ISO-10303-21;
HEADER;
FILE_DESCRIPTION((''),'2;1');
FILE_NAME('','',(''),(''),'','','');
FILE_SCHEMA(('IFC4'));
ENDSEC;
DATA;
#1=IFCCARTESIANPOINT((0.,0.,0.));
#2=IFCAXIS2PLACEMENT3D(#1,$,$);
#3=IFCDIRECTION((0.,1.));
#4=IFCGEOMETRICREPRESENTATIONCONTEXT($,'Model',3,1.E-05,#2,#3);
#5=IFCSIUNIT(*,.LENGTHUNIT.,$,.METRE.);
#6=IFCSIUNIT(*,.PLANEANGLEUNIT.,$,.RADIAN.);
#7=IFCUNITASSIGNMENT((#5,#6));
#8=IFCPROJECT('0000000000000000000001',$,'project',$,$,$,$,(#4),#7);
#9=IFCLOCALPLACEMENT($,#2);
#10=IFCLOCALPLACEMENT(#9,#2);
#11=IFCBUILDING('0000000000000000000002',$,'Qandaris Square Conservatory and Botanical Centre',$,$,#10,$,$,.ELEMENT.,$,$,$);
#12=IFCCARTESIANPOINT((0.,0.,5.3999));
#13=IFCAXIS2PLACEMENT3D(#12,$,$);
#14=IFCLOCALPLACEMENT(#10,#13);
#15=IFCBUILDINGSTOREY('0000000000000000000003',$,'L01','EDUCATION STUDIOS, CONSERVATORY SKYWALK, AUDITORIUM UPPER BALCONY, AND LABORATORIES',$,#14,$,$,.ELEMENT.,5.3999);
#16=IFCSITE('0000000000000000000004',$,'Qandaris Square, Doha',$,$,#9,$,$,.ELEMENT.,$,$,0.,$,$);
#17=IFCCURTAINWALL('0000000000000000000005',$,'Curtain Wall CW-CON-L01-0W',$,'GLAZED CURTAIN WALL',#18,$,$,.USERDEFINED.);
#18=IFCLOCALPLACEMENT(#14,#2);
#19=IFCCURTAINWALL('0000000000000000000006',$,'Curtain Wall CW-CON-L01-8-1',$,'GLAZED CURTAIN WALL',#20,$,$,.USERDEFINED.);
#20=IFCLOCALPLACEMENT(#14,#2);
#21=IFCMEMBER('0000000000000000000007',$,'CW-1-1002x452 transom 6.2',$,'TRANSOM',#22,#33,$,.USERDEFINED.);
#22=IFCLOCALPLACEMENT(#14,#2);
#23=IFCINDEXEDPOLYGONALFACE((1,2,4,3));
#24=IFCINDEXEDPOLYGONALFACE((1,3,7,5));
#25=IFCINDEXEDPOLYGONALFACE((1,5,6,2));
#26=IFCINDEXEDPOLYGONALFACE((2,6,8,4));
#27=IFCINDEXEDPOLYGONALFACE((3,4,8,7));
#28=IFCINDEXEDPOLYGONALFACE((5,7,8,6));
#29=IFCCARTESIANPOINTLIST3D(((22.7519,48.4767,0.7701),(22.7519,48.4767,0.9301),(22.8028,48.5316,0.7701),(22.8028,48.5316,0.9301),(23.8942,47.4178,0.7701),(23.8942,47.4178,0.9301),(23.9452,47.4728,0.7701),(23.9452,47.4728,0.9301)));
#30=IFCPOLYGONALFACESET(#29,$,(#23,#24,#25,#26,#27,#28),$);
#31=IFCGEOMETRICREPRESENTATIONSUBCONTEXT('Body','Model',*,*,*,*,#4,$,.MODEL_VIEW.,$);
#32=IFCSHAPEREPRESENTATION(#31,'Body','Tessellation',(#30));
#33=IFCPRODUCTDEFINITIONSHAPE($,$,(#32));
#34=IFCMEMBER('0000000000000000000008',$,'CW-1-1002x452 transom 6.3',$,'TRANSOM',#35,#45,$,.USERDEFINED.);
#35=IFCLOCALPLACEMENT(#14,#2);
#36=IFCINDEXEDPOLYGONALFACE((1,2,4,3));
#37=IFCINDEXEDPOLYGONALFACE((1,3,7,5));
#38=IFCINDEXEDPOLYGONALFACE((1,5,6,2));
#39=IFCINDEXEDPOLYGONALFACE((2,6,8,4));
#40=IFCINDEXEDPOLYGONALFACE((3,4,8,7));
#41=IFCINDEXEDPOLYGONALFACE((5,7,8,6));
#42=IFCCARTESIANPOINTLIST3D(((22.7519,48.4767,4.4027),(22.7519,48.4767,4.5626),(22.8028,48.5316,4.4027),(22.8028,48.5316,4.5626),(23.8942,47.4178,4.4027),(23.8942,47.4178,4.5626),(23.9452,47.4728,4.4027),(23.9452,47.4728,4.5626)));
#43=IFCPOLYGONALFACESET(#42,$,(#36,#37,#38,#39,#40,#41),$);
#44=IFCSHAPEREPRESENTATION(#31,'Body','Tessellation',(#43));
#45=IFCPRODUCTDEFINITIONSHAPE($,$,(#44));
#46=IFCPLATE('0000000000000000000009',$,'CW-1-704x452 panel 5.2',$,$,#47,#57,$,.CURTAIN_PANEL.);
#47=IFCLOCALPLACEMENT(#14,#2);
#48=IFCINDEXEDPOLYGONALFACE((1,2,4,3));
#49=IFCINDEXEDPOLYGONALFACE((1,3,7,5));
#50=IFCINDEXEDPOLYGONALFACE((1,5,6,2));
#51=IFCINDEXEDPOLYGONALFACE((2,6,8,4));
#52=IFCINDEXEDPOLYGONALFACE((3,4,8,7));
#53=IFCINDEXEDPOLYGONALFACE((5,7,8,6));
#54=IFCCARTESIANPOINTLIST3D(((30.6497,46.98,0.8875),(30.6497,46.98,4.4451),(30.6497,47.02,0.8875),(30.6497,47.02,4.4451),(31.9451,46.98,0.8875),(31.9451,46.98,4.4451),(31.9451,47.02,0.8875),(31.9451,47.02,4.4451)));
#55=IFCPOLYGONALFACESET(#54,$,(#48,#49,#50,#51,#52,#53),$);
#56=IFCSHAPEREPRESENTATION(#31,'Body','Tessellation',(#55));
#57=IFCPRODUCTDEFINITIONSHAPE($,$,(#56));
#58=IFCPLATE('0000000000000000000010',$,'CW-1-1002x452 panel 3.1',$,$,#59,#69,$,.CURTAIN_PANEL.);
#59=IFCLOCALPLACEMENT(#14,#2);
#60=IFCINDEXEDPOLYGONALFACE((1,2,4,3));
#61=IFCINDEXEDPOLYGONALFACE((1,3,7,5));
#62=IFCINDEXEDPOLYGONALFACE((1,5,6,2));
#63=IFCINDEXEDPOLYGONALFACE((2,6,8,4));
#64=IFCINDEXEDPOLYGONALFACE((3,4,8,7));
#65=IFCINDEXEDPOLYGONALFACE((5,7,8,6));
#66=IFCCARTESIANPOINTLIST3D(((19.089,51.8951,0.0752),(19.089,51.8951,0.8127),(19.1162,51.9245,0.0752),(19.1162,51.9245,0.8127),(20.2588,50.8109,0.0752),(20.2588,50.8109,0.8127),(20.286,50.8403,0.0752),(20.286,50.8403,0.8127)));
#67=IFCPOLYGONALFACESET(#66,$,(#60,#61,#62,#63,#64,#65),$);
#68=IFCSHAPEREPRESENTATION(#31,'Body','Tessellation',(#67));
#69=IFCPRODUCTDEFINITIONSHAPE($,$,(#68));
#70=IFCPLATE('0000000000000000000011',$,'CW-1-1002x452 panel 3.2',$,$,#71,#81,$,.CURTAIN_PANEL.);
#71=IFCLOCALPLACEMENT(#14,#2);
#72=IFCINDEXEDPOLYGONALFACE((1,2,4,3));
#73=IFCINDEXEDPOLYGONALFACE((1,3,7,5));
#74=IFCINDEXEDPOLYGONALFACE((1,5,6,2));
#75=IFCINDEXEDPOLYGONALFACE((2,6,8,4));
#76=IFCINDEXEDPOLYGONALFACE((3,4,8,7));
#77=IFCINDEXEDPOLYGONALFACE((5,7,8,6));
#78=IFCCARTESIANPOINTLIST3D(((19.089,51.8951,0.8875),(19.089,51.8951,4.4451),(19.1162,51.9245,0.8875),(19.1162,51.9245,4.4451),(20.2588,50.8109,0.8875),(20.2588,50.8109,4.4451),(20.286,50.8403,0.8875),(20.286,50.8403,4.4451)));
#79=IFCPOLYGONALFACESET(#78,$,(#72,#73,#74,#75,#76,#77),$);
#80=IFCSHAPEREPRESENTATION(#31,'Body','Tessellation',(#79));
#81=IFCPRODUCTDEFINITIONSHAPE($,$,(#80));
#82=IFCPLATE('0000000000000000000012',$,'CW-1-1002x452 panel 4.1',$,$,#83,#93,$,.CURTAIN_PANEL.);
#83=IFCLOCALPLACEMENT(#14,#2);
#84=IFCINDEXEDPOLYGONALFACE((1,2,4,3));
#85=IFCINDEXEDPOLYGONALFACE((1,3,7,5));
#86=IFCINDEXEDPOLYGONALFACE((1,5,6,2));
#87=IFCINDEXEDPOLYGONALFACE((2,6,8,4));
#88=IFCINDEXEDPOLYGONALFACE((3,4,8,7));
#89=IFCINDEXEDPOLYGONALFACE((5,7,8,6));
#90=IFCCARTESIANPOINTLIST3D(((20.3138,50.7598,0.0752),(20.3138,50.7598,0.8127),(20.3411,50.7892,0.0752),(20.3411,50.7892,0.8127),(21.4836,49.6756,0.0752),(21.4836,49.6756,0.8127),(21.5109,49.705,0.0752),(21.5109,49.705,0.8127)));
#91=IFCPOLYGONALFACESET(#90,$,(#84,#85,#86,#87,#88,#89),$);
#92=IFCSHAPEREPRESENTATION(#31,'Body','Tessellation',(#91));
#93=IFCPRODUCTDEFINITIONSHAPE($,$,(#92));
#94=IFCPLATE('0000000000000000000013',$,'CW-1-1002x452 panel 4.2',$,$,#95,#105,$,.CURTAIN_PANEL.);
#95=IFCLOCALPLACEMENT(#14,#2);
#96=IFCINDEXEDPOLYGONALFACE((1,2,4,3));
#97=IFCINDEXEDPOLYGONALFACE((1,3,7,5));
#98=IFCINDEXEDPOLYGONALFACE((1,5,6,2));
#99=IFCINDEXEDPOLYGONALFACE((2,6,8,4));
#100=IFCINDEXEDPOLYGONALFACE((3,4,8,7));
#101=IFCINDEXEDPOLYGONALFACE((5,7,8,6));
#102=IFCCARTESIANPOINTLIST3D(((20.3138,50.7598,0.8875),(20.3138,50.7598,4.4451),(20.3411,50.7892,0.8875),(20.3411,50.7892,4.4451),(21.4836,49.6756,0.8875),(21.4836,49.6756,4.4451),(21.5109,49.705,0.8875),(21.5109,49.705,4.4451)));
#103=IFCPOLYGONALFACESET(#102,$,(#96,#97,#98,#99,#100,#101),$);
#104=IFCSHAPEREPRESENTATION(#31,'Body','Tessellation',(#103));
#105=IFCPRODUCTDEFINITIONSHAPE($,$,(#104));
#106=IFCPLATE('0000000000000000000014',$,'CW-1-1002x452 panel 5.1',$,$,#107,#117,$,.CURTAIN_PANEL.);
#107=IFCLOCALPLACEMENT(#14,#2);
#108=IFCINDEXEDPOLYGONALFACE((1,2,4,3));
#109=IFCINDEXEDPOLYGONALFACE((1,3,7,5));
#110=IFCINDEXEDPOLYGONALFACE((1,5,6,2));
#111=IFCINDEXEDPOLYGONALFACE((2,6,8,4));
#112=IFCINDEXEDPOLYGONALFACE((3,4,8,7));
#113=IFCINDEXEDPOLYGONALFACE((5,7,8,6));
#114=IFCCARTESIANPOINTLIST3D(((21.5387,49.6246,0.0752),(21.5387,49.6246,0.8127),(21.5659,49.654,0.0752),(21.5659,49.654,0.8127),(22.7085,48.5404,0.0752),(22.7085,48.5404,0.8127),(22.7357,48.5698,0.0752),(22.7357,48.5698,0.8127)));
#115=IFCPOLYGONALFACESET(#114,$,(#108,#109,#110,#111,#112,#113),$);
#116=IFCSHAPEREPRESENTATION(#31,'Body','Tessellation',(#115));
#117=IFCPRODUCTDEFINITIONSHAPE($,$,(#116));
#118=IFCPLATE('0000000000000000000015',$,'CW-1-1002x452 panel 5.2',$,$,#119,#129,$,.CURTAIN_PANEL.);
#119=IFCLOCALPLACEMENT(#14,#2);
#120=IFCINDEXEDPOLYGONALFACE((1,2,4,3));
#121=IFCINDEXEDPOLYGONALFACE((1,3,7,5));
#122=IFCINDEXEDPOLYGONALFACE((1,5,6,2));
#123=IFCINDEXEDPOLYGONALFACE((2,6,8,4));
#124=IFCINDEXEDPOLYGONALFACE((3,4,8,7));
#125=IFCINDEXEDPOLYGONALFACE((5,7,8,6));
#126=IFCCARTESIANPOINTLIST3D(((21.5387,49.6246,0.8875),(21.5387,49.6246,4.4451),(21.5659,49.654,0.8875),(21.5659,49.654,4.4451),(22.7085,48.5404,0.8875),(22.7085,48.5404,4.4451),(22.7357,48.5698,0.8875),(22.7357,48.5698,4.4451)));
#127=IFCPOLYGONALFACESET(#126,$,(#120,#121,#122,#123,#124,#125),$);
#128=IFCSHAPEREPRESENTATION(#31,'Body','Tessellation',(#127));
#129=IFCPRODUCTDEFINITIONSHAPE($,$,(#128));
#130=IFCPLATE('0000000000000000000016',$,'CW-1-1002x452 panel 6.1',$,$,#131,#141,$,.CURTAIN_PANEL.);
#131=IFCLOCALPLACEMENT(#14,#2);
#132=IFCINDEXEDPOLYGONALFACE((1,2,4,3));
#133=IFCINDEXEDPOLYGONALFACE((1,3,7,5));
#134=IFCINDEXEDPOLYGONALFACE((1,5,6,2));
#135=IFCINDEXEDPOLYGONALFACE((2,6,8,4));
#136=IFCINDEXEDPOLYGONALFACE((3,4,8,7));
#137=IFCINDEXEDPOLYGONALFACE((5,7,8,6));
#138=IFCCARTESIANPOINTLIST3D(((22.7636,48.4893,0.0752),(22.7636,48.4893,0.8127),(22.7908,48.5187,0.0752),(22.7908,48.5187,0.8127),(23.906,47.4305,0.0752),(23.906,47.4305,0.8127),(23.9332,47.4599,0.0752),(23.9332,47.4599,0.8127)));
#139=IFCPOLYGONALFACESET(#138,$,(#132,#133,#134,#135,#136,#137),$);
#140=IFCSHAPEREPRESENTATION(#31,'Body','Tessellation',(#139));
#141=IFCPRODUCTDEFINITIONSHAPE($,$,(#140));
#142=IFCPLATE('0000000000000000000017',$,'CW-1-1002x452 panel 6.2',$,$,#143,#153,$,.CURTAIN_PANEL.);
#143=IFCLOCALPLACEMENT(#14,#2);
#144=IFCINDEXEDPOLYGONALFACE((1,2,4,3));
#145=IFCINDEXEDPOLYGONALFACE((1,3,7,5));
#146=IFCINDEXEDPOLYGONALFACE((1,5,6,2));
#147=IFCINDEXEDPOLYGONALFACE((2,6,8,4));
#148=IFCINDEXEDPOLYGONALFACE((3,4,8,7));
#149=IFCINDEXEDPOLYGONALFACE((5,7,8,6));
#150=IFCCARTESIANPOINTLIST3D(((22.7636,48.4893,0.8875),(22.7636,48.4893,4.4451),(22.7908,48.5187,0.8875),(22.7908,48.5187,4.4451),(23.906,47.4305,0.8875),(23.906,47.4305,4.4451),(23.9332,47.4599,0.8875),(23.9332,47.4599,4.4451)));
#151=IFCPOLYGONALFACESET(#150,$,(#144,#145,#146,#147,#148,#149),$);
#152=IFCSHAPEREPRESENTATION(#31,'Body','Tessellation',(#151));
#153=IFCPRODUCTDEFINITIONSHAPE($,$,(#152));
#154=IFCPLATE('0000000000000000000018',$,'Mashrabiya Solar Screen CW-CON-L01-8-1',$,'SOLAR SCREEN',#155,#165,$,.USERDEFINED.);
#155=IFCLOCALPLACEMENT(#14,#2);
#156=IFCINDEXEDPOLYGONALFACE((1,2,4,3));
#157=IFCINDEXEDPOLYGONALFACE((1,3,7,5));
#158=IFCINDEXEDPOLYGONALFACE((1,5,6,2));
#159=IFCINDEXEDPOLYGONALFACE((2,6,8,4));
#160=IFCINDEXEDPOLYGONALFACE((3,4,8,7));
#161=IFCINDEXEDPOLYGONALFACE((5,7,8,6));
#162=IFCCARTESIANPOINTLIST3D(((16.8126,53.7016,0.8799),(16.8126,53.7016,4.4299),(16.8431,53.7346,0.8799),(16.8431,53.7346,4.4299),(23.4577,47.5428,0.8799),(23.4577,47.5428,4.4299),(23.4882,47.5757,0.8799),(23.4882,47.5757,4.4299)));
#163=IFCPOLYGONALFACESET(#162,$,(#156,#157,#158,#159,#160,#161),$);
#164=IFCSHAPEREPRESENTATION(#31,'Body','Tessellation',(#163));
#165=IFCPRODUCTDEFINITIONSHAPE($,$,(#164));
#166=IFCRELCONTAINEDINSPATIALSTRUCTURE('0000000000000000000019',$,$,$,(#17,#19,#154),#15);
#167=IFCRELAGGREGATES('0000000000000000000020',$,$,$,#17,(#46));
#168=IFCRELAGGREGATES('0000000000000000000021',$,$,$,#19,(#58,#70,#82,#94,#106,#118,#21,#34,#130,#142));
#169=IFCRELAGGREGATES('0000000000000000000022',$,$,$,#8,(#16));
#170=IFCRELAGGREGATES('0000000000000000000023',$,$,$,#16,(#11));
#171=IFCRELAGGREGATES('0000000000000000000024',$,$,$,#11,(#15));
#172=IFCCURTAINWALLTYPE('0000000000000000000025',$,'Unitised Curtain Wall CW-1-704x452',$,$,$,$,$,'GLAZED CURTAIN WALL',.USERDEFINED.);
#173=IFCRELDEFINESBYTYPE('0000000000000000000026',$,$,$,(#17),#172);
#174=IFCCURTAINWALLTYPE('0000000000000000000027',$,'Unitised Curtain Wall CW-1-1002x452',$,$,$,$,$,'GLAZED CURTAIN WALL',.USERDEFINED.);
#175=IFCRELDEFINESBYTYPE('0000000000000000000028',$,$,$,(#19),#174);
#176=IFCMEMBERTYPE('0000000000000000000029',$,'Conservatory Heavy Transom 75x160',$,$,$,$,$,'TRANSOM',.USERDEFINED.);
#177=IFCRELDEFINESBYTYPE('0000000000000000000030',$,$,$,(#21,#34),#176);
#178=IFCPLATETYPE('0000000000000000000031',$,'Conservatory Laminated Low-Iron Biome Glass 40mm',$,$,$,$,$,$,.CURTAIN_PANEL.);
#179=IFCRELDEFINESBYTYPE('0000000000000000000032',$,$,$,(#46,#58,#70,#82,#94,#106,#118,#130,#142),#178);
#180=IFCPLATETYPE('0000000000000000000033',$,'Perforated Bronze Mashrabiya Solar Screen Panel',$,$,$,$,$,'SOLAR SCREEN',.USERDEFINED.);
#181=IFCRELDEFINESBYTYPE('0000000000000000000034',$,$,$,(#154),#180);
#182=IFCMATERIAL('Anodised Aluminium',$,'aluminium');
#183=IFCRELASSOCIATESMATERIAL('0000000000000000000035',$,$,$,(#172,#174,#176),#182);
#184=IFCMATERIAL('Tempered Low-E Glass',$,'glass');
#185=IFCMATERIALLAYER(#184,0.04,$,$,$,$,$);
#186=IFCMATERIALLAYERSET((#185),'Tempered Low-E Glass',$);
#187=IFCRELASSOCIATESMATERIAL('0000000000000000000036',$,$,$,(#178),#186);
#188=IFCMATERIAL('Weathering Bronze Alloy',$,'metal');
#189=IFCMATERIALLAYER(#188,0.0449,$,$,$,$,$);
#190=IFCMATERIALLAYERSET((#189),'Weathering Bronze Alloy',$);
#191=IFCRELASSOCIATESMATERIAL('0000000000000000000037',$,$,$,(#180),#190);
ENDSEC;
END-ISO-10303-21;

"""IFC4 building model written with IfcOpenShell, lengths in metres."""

from ifc_helpers import new_model, si_unit, direction, frame, origin, origin_2d, place, context, subcontext, project, spatial, rectangle, extrude, material, layer, layer_set, material_profile, profile_set, type_object, element, aggregate, save


model = new_model("IFC4")

# Units and contexts
model_context = context("Model", 3, precision=1e-05, world=origin(), true_north=direction((0.0, 1.0)))
body_context = subcontext(model_context, "Body", "Model", "MODEL_VIEW")
ifc_project = project(units=[si_unit("LENGTHUNIT", "METRE"), si_unit("PLANEANGLEUNIT", "RADIAN")], contexts=[model_context])

# Site, building, storey
site_placement = place(None, origin())
site = spatial("IfcSite", under=ifc_project, at=site_placement, Name="Qandaris Square, Doha", CompositionType="ELEMENT", RefElevation=0.0)
building_placement = place(site_placement, origin())
building = spatial("IfcBuilding", under=site, at=building_placement, Name="Qandaris Square Conservatory and Botanical Centre", CompositionType="ELEMENT")
storey_placement = place(building_placement, frame((0.0, 0.0, 5.3999)))
storey = spatial("IfcBuildingStorey", under=building, at=storey_placement, Name="L01", Description="EDUCATION STUDIOS, CONSERVATORY SKYWALK, AUDITORIUM UPPER BALCONY, AND LABORATORIES", CompositionType="ELEMENT", Elevation=5.3999)

# Curtain wall
ifc_material_1 = material(Name="Anodised Aluminium", Category="aluminium")
curtain_wall_type_1 = type_object("IfcCurtainWallType", Name="Unitised Curtain Wall CW-1-704x452", ElementType="GLAZED CURTAIN WALL", PredefinedType="USERDEFINED", material=ifc_material_1)
curtain_wall_1_placement = place(storey_placement, origin())
curtain_wall_1 = element("IfcCurtainWall", 1, at=curtain_wall_1_placement, inside=storey, type_object=curtain_wall_type_1, Name="Curtain Wall CW-CON-L01-0W", ObjectType="GLAZED CURTAIN WALL", PredefinedType="USERDEFINED")

# Curtain wall, members
curtain_wall_type_2 = type_object("IfcCurtainWallType", Name="Unitised Curtain Wall CW-1-1002x452", ElementType="GLAZED CURTAIN WALL", PredefinedType="USERDEFINED", material=ifc_material_1)
curtain_wall_2_placement = place(storey_placement, origin())
curtain_wall_2 = element("IfcCurtainWall", 2, at=curtain_wall_2_placement, inside=storey, type_object=curtain_wall_type_2, Name="Curtain Wall CW-CON-L01-8-1", ObjectType="GLAZED CURTAIN WALL", PredefinedType="USERDEFINED")
ifc_material_profile_1 = material_profile(ifc_material_1, rectangle(XDim=0.075, YDim=0.1599, at=origin_2d()), Name="ALU-TRN 75x160")
ifc_profile_set_1 = profile_set([ifc_material_profile_1], Name="Anodised Aluminium")
member_type_1 = type_object("IfcMemberType", Name="Conservatory Heavy Transom 75x160", ElementType="TRANSOM", PredefinedType="USERDEFINED", material=ifc_profile_set_1)
member_1_placement = place(storey_placement, frame((22.7773, 48.5042, 0.8501), z_axis=(0.733402, -0.679796, 0.0), x_axis=(0.679796, 0.733402, 0.0)))
member_1 = element("IfcMember", 3, at=member_1_placement, type_object=member_type_1, Name="CW-1-1002x452 transom 6.2", ObjectType="TRANSOM", PredefinedType="USERDEFINED", context=body_context, shape_type="SweptSolid", body=[
    extrude(rectangle(XDim=0.075, YDim=0.1599, at=origin_2d()), origin(), (0.0, 0.0, 1.0), 1.5576),
])
member_2_placement = place(storey_placement, frame((22.7773, 48.5042, 4.4827), z_axis=(0.733402, -0.679796, 0.0), x_axis=(0.679796, 0.733402, 0.0)))
member_2 = element("IfcMember", 4, at=member_2_placement, type_object=member_type_1, Name="CW-1-1002x452 transom 6.3", ObjectType="TRANSOM", PredefinedType="USERDEFINED", context=body_context, shape_type="SweptSolid", body=[
    extrude(rectangle(XDim=0.075, YDim=0.1599, at=origin_2d()), origin(), (0.0, 0.0, 1.0), 1.5576),
])

# Plates
ifc_material_2 = material(Name="Tempered Low-E Glass", Category="glass")
ifc_layer_1 = layer(ifc_material_2, 0.04)
ifc_layer_set_1 = layer_set([ifc_layer_1], Name="Tempered Low-E Glass")
plate_type_1 = type_object("IfcPlateType", Name="Conservatory Laminated Low-Iron Biome Glass 40mm", PredefinedType="CURTAIN_PANEL", material=ifc_layer_set_1)
plate_1_placement = place(storey_placement, frame((31.2974, 47.0, 0.8875), z_axis=(0.0, 0.0, 1.0), x_axis=(1.0, 0.0, 0.0)))
plate_1 = element("IfcPlate", 5, at=plate_1_placement, type_object=plate_type_1, Name="CW-1-704x452 panel 5.2", PredefinedType="CURTAIN_PANEL", context=body_context, shape_type="SweptSolid", body=[
    extrude(rectangle(XDim=1.2954, YDim=0.04, at=origin_2d()), origin(), (0.0, 0.0, 1.0), 3.5576),
])
aggregate(curtain_wall_1, [plate_1])
plate_2_placement = place(storey_placement, frame((19.6875, 51.3677, 0.0752), z_axis=(0.0, 0.0, 1.0), x_axis=(0.733433, -0.679762, 0.0)))
plate_2 = element("IfcPlate", 6, at=plate_2_placement, type_object=plate_type_1, Name="CW-1-1002x452 panel 3.1", PredefinedType="CURTAIN_PANEL", context=body_context, shape_type="SweptSolid", body=[
    extrude(rectangle(XDim=1.595, YDim=0.04, at=origin_2d()), origin(), (0.0, 0.0, 1.0), 0.7375),
])
plate_3_placement = place(storey_placement, frame((19.6875, 51.3677, 0.8875), z_axis=(0.0, 0.0, 1.0), x_axis=(0.733433, -0.679762, 0.0)))
plate_3 = element("IfcPlate", 7, at=plate_3_placement, type_object=plate_type_1, Name="CW-1-1002x452 panel 3.2", PredefinedType="CURTAIN_PANEL", context=body_context, shape_type="SweptSolid", body=[
    extrude(rectangle(XDim=1.595, YDim=0.04, at=origin_2d()), origin(), (0.0, 0.0, 1.0), 3.5576),
])
plate_4_placement = place(storey_placement, frame((20.9124, 50.2324, 0.0752), z_axis=(0.0, 0.0, 1.0), x_axis=(0.733433, -0.679762, 0.0)))
plate_4 = element("IfcPlate", 8, at=plate_4_placement, type_object=plate_type_1, Name="CW-1-1002x452 panel 4.1", PredefinedType="CURTAIN_PANEL", context=body_context, shape_type="SweptSolid", body=[
    extrude(rectangle(XDim=1.595, YDim=0.04, at=origin_2d()), origin(), (0.0, 0.0, 1.0), 0.7375),
])
plate_5_placement = place(storey_placement, frame((20.9124, 50.2324, 0.8875), z_axis=(0.0, 0.0, 1.0), x_axis=(0.733433, -0.679762, 0.0)))
plate_5 = element("IfcPlate", 9, at=plate_5_placement, type_object=plate_type_1, Name="CW-1-1002x452 panel 4.2", PredefinedType="CURTAIN_PANEL", context=body_context, shape_type="SweptSolid", body=[
    extrude(rectangle(XDim=1.595, YDim=0.04, at=origin_2d()), origin(), (0.0, 0.0, 1.0), 3.5576),
])
plate_6_placement = place(storey_placement, frame((22.1372, 49.0972, 0.0752), z_axis=(0.0, 0.0, 1.0), x_axis=(0.733433, -0.679762, 0.0)))
plate_6 = element("IfcPlate", 10, at=plate_6_placement, type_object=plate_type_1, Name="CW-1-1002x452 panel 5.1", PredefinedType="CURTAIN_PANEL", context=body_context, shape_type="SweptSolid", body=[
    extrude(rectangle(XDim=1.595, YDim=0.04, at=origin_2d()), origin(), (0.0, 0.0, 1.0), 0.7375),
])
plate_7_placement = place(storey_placement, frame((22.1372, 49.0972, 0.8875), z_axis=(0.0, 0.0, 1.0), x_axis=(0.733433, -0.679762, 0.0)))
plate_7 = element("IfcPlate", 11, at=plate_7_placement, type_object=plate_type_1, Name="CW-1-1002x452 panel 5.2", PredefinedType="CURTAIN_PANEL", context=body_context, shape_type="SweptSolid", body=[
    extrude(rectangle(XDim=1.595, YDim=0.04, at=origin_2d()), origin(), (0.0, 0.0, 1.0), 3.5576),
])
plate_8_placement = place(storey_placement, frame((23.3484, 47.9746, 0.0752), z_axis=(0.0, 0.0, 1.0), x_axis=(0.733433, -0.679762, 0.0)))
plate_8 = element("IfcPlate", 12, at=plate_8_placement, type_object=plate_type_1, Name="CW-1-1002x452 panel 6.1", PredefinedType="CURTAIN_PANEL", context=body_context, shape_type="SweptSolid", body=[
    extrude(rectangle(XDim=1.5576, YDim=0.04, at=origin_2d()), origin(), (0.0, 0.0, 1.0), 0.7375),
])
plate_9_placement = place(storey_placement, frame((23.3484, 47.9746, 0.8875), z_axis=(0.0, 0.0, 1.0), x_axis=(0.733433, -0.679762, 0.0)))
plate_9 = element("IfcPlate", 13, at=plate_9_placement, type_object=plate_type_1, Name="CW-1-1002x452 panel 6.2", PredefinedType="CURTAIN_PANEL", context=body_context, shape_type="SweptSolid", body=[
    extrude(rectangle(XDim=1.5576, YDim=0.04, at=origin_2d()), origin(), (0.0, 0.0, 1.0), 3.5576),
])
aggregate(curtain_wall_2, [plate_2, plate_3, plate_4, plate_5, plate_6, plate_7, member_1, member_2, plate_8, plate_9])
ifc_material_3 = material(Name="Weathering Bronze Alloy", Category="metal")
ifc_layer_2 = layer(ifc_material_3, 0.0449)
ifc_layer_set_2 = layer_set([ifc_layer_2], Name="Weathering Bronze Alloy")
plate_type_2 = type_object("IfcPlateType", Name="Perforated Bronze Mashrabiya Solar Screen Panel", ElementType="SOLAR SCREEN", PredefinedType="USERDEFINED", material=ifc_layer_set_2)
plate_10_placement = place(storey_placement, frame((20.1504, 50.6387, 0.8799), z_axis=(0.0, 0.0, 1.0), x_axis=(0.733433, -0.679762, 0.0)))
element("IfcPlate", 14, at=plate_10_placement, inside=storey, type_object=plate_type_2, Name="Mashrabiya Solar Screen CW-CON-L01-8-1", ObjectType="SOLAR SCREEN", PredefinedType="USERDEFINED", context=body_context, shape_type="SweptSolid", body=[
    extrude(rectangle(XDim=9.0603, YDim=0.0449, at=origin_2d()), origin(), (0.0, 0.0, 1.0), 3.55),
])

save(model, "model.ifc")
